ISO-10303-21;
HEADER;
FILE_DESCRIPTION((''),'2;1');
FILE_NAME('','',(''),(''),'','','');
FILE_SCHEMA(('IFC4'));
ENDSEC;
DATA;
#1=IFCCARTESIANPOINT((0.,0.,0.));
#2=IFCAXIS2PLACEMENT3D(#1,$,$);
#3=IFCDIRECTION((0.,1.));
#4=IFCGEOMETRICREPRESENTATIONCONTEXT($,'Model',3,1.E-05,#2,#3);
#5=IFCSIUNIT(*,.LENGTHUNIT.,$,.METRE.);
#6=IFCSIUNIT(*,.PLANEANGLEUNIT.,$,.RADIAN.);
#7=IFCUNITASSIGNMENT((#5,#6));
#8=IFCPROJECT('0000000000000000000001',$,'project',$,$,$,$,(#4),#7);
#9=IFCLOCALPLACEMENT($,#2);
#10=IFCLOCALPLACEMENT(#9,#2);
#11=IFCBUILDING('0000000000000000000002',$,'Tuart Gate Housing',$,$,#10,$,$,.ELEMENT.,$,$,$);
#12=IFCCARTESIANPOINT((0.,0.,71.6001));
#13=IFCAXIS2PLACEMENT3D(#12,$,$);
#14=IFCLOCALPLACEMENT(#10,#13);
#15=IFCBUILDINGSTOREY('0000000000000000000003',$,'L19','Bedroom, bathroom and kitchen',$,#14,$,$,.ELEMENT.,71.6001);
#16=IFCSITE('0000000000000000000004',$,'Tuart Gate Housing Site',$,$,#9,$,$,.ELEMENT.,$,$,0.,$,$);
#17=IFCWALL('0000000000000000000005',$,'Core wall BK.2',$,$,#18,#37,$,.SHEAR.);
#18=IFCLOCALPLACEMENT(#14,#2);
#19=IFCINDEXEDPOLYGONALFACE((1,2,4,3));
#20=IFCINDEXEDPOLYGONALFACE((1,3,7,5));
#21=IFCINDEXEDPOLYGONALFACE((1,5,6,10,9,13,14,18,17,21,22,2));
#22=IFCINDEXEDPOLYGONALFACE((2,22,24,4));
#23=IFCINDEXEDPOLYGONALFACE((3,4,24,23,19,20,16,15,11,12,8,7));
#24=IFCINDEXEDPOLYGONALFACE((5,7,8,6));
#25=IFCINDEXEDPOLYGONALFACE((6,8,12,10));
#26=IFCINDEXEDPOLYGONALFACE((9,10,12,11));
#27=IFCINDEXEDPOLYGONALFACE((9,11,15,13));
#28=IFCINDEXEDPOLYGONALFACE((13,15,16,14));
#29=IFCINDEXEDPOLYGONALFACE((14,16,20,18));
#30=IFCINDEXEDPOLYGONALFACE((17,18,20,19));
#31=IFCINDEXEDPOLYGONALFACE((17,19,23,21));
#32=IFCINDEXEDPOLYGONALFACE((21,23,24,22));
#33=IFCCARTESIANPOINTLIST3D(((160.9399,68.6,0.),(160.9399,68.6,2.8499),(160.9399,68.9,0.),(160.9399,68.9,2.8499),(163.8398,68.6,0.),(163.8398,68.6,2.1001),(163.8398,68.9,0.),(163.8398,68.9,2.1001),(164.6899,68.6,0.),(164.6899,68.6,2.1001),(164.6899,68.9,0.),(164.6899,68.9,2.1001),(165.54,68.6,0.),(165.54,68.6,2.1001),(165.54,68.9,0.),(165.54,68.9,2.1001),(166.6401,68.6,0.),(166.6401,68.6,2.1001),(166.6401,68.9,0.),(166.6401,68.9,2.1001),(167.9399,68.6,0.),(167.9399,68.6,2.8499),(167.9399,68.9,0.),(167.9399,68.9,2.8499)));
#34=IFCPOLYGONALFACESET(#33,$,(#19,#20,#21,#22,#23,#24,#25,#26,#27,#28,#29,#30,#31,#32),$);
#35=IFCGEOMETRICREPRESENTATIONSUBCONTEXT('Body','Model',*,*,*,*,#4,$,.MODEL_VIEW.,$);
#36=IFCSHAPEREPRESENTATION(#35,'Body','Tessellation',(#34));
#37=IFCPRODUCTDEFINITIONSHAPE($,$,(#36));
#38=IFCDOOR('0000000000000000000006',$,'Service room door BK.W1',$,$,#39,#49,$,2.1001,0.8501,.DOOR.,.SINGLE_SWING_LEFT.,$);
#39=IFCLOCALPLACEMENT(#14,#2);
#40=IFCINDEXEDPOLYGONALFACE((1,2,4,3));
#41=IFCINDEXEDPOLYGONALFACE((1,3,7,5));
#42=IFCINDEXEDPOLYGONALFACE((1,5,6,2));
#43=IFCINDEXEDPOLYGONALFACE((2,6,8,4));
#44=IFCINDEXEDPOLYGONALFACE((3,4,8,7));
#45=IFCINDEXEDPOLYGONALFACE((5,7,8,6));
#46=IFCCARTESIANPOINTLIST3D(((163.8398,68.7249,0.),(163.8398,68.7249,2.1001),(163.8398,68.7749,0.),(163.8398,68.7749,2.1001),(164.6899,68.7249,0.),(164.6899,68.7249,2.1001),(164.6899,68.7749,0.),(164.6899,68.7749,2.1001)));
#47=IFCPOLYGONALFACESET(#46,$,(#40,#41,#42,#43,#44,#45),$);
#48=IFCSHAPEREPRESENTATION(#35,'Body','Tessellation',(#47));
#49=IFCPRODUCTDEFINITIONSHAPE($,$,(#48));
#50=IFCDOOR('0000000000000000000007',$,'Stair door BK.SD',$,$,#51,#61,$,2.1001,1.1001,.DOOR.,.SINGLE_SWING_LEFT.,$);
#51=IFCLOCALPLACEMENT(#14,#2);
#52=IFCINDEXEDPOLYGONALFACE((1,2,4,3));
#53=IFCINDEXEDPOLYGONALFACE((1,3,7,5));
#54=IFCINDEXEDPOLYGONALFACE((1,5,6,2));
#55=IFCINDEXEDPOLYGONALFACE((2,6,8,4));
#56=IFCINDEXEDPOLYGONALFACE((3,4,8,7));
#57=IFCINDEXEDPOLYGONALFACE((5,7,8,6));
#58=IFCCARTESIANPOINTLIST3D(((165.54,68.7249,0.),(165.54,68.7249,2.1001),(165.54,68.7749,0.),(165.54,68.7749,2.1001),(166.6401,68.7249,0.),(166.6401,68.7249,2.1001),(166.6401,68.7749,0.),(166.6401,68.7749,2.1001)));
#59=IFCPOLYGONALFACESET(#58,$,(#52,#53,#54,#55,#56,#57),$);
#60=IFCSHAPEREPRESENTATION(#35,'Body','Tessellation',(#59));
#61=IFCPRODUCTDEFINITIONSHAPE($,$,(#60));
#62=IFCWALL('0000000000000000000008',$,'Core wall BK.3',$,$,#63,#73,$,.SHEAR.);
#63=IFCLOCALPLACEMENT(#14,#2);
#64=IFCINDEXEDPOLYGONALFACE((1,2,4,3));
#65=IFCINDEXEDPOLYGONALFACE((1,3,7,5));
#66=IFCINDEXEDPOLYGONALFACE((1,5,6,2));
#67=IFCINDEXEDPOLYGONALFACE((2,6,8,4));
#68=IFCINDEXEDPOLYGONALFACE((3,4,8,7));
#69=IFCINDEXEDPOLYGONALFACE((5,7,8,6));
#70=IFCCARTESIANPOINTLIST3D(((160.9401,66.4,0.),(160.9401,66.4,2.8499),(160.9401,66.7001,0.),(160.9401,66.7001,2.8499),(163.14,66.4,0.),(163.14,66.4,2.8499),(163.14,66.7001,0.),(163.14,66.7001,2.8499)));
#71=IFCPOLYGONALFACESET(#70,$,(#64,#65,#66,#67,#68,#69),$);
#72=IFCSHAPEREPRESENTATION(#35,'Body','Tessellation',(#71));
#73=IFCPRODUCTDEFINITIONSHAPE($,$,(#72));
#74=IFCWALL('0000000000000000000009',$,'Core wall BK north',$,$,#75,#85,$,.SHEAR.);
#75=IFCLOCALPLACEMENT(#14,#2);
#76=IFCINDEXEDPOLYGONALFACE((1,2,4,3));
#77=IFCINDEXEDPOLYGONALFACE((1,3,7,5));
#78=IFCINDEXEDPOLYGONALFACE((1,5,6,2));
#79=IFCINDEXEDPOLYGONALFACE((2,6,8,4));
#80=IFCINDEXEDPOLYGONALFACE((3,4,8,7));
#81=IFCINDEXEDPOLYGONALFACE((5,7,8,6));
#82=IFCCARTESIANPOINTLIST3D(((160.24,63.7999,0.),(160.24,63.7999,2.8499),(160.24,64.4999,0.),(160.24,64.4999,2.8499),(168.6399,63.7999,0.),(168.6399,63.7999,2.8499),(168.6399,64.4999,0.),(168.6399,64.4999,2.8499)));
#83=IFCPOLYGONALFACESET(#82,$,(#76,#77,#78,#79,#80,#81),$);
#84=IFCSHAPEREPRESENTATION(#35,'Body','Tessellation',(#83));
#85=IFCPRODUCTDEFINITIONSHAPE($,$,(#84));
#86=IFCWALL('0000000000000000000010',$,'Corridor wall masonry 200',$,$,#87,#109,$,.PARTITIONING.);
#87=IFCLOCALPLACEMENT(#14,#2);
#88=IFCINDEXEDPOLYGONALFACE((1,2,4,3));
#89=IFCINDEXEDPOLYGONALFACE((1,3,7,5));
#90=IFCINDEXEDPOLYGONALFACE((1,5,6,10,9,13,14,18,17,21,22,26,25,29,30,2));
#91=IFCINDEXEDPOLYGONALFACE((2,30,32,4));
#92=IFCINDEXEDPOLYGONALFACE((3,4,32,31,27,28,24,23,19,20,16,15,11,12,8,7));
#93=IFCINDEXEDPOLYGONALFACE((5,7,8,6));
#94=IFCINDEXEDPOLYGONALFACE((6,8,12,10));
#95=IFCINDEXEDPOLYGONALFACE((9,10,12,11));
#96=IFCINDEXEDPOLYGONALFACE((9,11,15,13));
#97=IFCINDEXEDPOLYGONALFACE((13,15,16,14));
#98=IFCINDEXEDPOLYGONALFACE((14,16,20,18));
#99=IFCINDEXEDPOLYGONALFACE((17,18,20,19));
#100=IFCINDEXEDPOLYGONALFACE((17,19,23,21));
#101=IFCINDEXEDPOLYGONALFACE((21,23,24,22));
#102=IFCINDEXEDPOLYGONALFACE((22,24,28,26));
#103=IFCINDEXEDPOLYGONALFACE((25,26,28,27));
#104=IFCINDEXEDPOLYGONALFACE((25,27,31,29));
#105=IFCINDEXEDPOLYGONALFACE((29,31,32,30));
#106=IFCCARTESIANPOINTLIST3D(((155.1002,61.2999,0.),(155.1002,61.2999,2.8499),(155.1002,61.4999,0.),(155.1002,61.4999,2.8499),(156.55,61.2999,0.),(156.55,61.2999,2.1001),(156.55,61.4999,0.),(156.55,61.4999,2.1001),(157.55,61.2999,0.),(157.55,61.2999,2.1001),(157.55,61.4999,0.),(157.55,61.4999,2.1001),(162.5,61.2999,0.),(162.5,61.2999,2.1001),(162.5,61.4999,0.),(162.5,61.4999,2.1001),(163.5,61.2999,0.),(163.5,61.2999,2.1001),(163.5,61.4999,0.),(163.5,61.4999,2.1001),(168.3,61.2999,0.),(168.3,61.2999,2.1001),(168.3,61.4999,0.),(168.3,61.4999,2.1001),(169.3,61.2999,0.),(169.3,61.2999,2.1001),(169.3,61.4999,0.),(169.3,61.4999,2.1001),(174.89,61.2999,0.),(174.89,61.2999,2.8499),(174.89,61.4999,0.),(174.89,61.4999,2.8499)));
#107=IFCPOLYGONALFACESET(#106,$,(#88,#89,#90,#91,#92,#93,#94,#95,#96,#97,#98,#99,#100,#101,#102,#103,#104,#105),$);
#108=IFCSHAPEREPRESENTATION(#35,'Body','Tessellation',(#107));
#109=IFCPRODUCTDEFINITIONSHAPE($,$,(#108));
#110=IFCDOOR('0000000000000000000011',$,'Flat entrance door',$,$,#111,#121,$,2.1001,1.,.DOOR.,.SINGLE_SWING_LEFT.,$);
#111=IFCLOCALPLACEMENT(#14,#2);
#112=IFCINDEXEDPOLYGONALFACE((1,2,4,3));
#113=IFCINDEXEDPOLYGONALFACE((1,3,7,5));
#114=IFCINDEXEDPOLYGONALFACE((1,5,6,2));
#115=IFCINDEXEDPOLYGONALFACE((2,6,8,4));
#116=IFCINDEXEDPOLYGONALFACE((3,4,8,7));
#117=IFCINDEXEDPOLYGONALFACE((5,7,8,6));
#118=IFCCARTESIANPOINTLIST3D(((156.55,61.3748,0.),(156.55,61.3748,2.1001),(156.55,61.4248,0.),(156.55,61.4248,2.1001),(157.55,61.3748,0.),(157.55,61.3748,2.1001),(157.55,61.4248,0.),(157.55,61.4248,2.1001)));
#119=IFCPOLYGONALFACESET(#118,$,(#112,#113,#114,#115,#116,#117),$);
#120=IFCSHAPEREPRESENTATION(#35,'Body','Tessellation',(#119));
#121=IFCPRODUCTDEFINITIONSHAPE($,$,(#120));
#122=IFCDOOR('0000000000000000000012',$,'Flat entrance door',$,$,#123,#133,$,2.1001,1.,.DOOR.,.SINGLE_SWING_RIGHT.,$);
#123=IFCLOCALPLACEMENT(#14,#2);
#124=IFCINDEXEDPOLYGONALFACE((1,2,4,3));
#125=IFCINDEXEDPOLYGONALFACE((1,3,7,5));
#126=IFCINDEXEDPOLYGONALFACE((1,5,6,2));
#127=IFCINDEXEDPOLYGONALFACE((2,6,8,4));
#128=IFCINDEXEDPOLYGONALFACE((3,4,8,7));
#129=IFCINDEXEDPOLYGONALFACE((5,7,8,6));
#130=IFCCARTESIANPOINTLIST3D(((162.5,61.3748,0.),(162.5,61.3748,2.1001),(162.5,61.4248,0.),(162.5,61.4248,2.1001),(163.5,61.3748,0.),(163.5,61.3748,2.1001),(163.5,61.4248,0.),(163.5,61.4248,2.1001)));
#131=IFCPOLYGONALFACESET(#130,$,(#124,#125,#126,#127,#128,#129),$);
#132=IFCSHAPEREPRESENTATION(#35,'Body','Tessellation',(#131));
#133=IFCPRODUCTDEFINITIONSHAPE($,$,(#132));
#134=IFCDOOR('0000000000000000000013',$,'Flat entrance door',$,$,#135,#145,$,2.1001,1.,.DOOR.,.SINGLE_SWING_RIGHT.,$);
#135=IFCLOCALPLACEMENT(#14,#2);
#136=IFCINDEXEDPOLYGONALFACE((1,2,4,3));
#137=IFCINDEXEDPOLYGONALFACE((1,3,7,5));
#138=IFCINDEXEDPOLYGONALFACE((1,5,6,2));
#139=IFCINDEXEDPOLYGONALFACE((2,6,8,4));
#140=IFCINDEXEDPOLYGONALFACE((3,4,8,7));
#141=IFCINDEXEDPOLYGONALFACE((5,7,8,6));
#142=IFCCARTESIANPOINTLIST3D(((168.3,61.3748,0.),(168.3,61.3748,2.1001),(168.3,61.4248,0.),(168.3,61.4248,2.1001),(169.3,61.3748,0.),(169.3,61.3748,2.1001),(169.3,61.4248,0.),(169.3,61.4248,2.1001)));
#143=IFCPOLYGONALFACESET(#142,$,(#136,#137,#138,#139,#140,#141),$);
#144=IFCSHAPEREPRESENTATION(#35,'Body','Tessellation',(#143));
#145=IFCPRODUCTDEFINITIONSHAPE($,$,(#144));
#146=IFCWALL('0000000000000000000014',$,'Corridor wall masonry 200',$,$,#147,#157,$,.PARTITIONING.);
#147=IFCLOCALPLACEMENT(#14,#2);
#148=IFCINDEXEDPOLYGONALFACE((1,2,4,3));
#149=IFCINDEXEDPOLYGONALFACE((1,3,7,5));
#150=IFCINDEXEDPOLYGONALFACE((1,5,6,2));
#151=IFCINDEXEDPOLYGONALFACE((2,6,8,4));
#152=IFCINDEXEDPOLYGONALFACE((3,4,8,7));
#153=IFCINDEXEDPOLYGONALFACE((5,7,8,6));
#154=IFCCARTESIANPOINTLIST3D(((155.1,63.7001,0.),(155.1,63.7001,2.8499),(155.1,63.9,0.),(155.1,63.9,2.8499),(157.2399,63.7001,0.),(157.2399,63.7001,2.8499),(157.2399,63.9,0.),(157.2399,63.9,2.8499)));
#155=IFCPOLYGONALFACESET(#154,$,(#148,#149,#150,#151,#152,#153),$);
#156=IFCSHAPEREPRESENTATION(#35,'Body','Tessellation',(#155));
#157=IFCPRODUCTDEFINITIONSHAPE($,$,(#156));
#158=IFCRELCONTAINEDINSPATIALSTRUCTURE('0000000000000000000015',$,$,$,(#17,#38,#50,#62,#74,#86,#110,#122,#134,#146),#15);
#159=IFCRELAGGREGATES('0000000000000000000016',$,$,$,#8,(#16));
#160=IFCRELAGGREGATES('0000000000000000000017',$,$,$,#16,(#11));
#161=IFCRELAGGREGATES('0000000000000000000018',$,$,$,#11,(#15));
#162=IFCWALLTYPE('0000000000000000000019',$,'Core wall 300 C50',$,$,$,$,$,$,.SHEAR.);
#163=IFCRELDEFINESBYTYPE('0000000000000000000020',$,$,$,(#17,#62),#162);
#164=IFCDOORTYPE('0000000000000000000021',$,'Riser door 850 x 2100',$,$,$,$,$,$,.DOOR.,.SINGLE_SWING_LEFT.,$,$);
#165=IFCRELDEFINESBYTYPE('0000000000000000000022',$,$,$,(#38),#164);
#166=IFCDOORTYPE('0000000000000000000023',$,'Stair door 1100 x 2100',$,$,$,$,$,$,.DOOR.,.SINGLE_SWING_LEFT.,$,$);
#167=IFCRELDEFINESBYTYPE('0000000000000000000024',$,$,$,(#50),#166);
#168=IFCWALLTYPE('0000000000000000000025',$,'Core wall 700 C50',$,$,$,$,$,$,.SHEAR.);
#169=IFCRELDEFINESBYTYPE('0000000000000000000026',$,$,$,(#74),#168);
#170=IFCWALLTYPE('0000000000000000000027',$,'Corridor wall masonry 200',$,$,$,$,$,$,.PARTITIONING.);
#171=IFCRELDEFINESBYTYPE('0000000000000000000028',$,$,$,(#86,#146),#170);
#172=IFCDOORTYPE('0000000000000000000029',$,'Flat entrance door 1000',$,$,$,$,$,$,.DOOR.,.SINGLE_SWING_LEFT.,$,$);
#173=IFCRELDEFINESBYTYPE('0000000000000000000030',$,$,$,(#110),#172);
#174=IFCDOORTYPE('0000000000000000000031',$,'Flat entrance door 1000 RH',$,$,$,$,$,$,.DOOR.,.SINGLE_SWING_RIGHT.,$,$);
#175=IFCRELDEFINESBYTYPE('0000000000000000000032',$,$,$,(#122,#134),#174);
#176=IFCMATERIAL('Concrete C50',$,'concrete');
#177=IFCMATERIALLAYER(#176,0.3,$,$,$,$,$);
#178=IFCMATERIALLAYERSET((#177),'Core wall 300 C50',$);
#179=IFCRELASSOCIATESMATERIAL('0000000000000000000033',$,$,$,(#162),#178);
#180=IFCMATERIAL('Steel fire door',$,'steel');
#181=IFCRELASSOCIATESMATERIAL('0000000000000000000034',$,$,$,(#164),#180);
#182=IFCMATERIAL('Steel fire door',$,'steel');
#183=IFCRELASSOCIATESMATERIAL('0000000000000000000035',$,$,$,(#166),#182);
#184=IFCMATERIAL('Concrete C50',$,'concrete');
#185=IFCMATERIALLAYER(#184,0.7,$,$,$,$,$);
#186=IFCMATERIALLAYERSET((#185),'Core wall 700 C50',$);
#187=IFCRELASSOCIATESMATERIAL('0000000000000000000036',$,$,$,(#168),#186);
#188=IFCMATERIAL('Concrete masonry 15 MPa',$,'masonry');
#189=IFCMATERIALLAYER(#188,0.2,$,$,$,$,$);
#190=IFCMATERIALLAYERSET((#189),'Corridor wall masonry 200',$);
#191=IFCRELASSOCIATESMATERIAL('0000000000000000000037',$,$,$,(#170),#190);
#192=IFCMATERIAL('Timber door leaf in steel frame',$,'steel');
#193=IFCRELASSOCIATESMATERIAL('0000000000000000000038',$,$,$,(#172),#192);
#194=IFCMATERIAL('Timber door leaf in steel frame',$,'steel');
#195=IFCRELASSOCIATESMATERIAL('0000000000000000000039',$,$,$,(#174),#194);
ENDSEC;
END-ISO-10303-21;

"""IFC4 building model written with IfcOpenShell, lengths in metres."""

from ifc_helpers import new_model, si_unit, direction, frame, frame_2d, origin, place, context, subcontext, project, spatial, rectangle, extrude, material, layer, layer_set, type_object, element, fill, save


model = new_model("IFC4")

# Units and contexts
model_context = context("Model", 3, precision=1e-05, world=origin(), true_north=direction((0.0, 1.0)))
body_context = subcontext(model_context, "Body", "Model", "MODEL_VIEW")
ifc_project = project(units=[si_unit("LENGTHUNIT", "METRE"), si_unit("PLANEANGLEUNIT", "RADIAN")], contexts=[model_context])

# Site, building, storey
site_placement = place(None, origin())
site = spatial("IfcSite", under=ifc_project, at=site_placement, Name="Tuart Gate Housing Site", CompositionType="ELEMENT", RefElevation=0.0)
building_placement = place(site_placement, origin())
building = spatial("IfcBuilding", under=site, at=building_placement, Name="Tuart Gate Housing", CompositionType="ELEMENT")
storey_placement = place(building_placement, frame((0.0, 0.0, 71.6001)))
storey = spatial("IfcBuildingStorey", under=building, at=storey_placement, Name="L19", Description="Bedroom, bathroom and kitchen", CompositionType="ELEMENT", Elevation=71.6001)

# Wall, openings, doors
ifc_material_1 = material(Name="Concrete C50", Category="concrete")
ifc_layer_1 = layer(ifc_material_1, 0.3)
ifc_layer_set_1 = layer_set([ifc_layer_1], Name="Core wall 300 C50")
wall_type_1 = type_object("IfcWallType", Name="Core wall 300 C50", PredefinedType="SHEAR", material=ifc_layer_set_1)
wall_1_placement = place(storey_placement, frame((160.9399, 68.75, 0.0), z_axis=(0.0, 0.0, 1.0), x_axis=(1.0, 0.0, 0.0)))
wall_1 = element("IfcWall", 1, at=wall_1_placement, inside=storey, type_object=wall_type_1, Name="Core wall BK.2", PredefinedType="SHEAR", context=body_context, shape_type="SweptSolid", body=[
    extrude(rectangle(XDim=7.0, YDim=0.3, at=frame_2d((3.5, 0.0))), origin(), (0.0, 0.0, 1.0), 2.8499),
])
opening_1_placement = place(wall_1_placement, frame((4.6001, 0.0, 0.0)))
opening_1 = element("IfcOpeningElement", 2, at=opening_1_placement, cuts=wall_1, PredefinedType="OPENING", context=body_context, shape_type="SweptSolid", body=[
    extrude(rectangle(XDim=1.1001, YDim=2.1001, at=frame_2d((0.55, 1.05))), frame((0.0, 0.1599, 0.0), z_axis=(0.0, -1.0, 0.0), x_axis=(1.0, 0.0, 0.0)), (0.0, 0.0, 1.0), 0.3201),
])
opening_2_placement = place(wall_1_placement, frame((2.8999, 0.0, 0.0)))
opening_2 = element("IfcOpeningElement", 3, at=opening_2_placement, cuts=wall_1, PredefinedType="OPENING", context=body_context, shape_type="SweptSolid", body=[
    extrude(rectangle(XDim=0.8501, YDim=2.1001, at=frame_2d((0.425, 1.05))), frame((0.0, 0.1599, 0.0), z_axis=(0.0, -1.0, 0.0), x_axis=(1.0, 0.0, 0.0)), (0.0, 0.0, 1.0), 0.3201),
])
ifc_material_2 = material(Name="Steel fire door", Category="steel")
door_type_1 = type_object("IfcDoorType", Name="Riser door 850 x 2100", OperationType="SINGLE_SWING_LEFT", PredefinedType="DOOR", material=ifc_material_2)
door_1_placement = place(opening_2_placement, origin())
door_1 = element("IfcDoor", 4, at=door_1_placement, inside=storey, type_object=door_type_1, Name="Service room door BK.W1", OperationType="SINGLE_SWING_LEFT", OverallHeight=2.1001, OverallWidth=0.8501, PredefinedType="DOOR", context=body_context, shape_type="SweptSolid", body=[
    extrude(rectangle(XDim=0.8501, YDim=2.1001, at=frame_2d((0.425, 1.05))), frame((0.0, 0.0249, 0.0), z_axis=(0.0, -1.0, 0.0), x_axis=(1.0, 0.0, 0.0)), (0.0, 0.0, 1.0), 0.05),
])
fill(opening_2, door_1)
ifc_material_3 = material(Name="Steel fire door", Category="steel")
door_type_2 = type_object("IfcDoorType", Name="Stair door 1100 x 2100", OperationType="SINGLE_SWING_LEFT", PredefinedType="DOOR", material=ifc_material_3)
door_2_placement = place(opening_1_placement, origin())
door_2 = element("IfcDoor", 5, at=door_2_placement, inside=storey, type_object=door_type_2, Name="Stair door BK.SD", OperationType="SINGLE_SWING_LEFT", OverallHeight=2.1001, OverallWidth=1.1001, PredefinedType="DOOR", context=body_context, shape_type="SweptSolid", body=[
    extrude(rectangle(XDim=1.1001, YDim=2.1001, at=frame_2d((0.55, 1.05))), frame((0.0, 0.0249, 0.0), z_axis=(0.0, -1.0, 0.0), x_axis=(1.0, 0.0, 0.0)), (0.0, 0.0, 1.0), 0.05),
])
fill(opening_1, door_2)

# Walls
wall_2_placement = place(storey_placement, frame((160.9399, 66.55, 0.0), z_axis=(0.0, 0.0, 1.0), x_axis=(1.0, 0.0, 0.0)))
element("IfcWall", 6, at=wall_2_placement, inside=storey, type_object=wall_type_1, Name="Core wall BK.3", PredefinedType="SHEAR", context=body_context, shape_type="SweptSolid", body=[
    extrude(rectangle(XDim=2.2, YDim=0.3, at=frame_2d((1.1001, 0.0))), origin(), (0.0, 0.0, 1.0), 2.8499),
])
ifc_material_4 = material(Name="Concrete C50", Category="concrete")
ifc_layer_2 = layer(ifc_material_4, 0.7)
ifc_layer_set_2 = layer_set([ifc_layer_2], Name="Core wall 700 C50")
wall_type_2 = type_object("IfcWallType", Name="Core wall 700 C50", PredefinedType="SHEAR", material=ifc_layer_set_2)
wall_3_placement = place(storey_placement, frame((160.24, 64.1499, 0.0), z_axis=(0.0, 0.0, 1.0), x_axis=(1.0, 0.0, 0.0)))
element("IfcWall", 7, at=wall_3_placement, inside=storey, type_object=wall_type_2, Name="Core wall BK north", PredefinedType="SHEAR", context=body_context, shape_type="SweptSolid", body=[
    extrude(rectangle(XDim=8.3999, YDim=0.7, at=frame_2d((4.2, 0.0))), origin(), (0.0, 0.0, 1.0), 2.8499),
])

# Wall, openings, doors
ifc_material_5 = material(Name="Concrete masonry 15 MPa", Category="masonry")
ifc_layer_3 = layer(ifc_material_5, 0.2)
ifc_layer_set_3 = layer_set([ifc_layer_3], Name="Corridor wall masonry 200")
wall_type_3 = type_object("IfcWallType", Name="Corridor wall masonry 200", PredefinedType="PARTITIONING", material=ifc_layer_set_3)
wall_4_placement = place(storey_placement, frame((155.1001, 61.3999, 0.0), z_axis=(0.0, 0.0, 1.0), x_axis=(1.0, 0.0, 0.0)))
wall_4 = element("IfcWall", 8, at=wall_4_placement, inside=storey, type_object=wall_type_3, Name="Corridor wall masonry 200", PredefinedType="PARTITIONING", context=body_context, shape_type="SweptSolid", body=[
    extrude(rectangle(XDim=19.7898, YDim=0.2, at=frame_2d((9.895, 0.0))), origin(), (0.0, 0.0, 1.0), 2.8499),
])
opening_3_placement = place(wall_4_placement, frame((1.45, 0.0, 0.0)))
opening_3 = element("IfcOpeningElement", 9, at=opening_3_placement, cuts=wall_4, PredefinedType="OPENING", context=body_context, shape_type="SweptSolid", body=[
    extrude(rectangle(XDim=1.0, YDim=2.1001, at=frame_2d((0.5, 1.05))), frame((0.0, 0.1099, 0.0), z_axis=(0.0, -1.0, 0.0), x_axis=(1.0, 0.0, 0.0)), (0.0, 0.0, 1.0), 0.22),
])
opening_4_placement = place(wall_4_placement, frame((7.3999, 0.0, 0.0)))
opening_4 = element("IfcOpeningElement", 10, at=opening_4_placement, cuts=wall_4, PredefinedType="OPENING", context=body_context, shape_type="SweptSolid", body=[
    extrude(rectangle(XDim=1.0, YDim=2.1001, at=frame_2d((0.5, 1.05))), frame((0.0, 0.1099, 0.0), z_axis=(0.0, -1.0, 0.0), x_axis=(1.0, 0.0, 0.0)), (0.0, 0.0, 1.0), 0.22),
])
opening_5_placement = place(wall_4_placement, frame((13.2, 0.0, 0.0)))
opening_5 = element("IfcOpeningElement", 11, at=opening_5_placement, cuts=wall_4, PredefinedType="OPENING", context=body_context, shape_type="SweptSolid", body=[
    extrude(rectangle(XDim=1.0, YDim=2.1001, at=frame_2d((0.5, 1.05))), frame((0.0, 0.1099, 0.0), z_axis=(0.0, -1.0, 0.0), x_axis=(1.0, 0.0, 0.0)), (0.0, 0.0, 1.0), 0.22),
])
ifc_material_6 = material(Name="Timber door leaf in steel frame", Category="steel")
door_type_3 = type_object("IfcDoorType", Name="Flat entrance door 1000", OperationType="SINGLE_SWING_LEFT", PredefinedType="DOOR", material=ifc_material_6)
door_3_placement = place(opening_3_placement, frame((1.0, 0.0, 0.0), z_axis=(0.0, 0.0, 1.0), x_axis=(-1.0, 0.0, 0.0)))
door_3 = element("IfcDoor", 12, at=door_3_placement, inside=storey, type_object=door_type_3, Name="Flat entrance door", OperationType="SINGLE_SWING_LEFT", OverallHeight=2.1001, OverallWidth=1.0, PredefinedType="DOOR", context=body_context, shape_type="SweptSolid", body=[
    extrude(rectangle(XDim=1.0, YDim=2.1001, at=frame_2d((0.5, 1.05))), frame((0.0, 0.0251, 0.0), z_axis=(0.0, -1.0, 0.0), x_axis=(1.0, 0.0, 0.0)), (0.0, 0.0, 1.0), 0.05),
])
fill(opening_3, door_3)
ifc_material_7 = material(Name="Timber door leaf in steel frame", Category="steel")
door_type_4 = type_object("IfcDoorType", Name="Flat entrance door 1000 RH", OperationType="SINGLE_SWING_RIGHT", PredefinedType="DOOR", material=ifc_material_7)
door_4_placement = place(opening_4_placement, frame((1.0, 0.0, 0.0), z_axis=(0.0, 0.0, 1.0), x_axis=(-1.0, 0.0, 0.0)))
door_4 = element("IfcDoor", 13, at=door_4_placement, inside=storey, type_object=door_type_4, Name="Flat entrance door", OperationType="SINGLE_SWING_RIGHT", OverallHeight=2.1001, OverallWidth=1.0, PredefinedType="DOOR", context=body_context, shape_type="SweptSolid", body=[
    extrude(rectangle(XDim=1.0, YDim=2.1001, at=frame_2d((0.5, 1.05))), frame((0.0, 0.0251, 0.0), z_axis=(0.0, -1.0, 0.0), x_axis=(1.0, 0.0, 0.0)), (0.0, 0.0, 1.0), 0.05),
])
fill(opening_4, door_4)
door_5_placement = place(opening_5_placement, frame((1.0, 0.0, 0.0), z_axis=(0.0, 0.0, 1.0), x_axis=(-1.0, 0.0, 0.0)))
door_5 = element("IfcDoor", 14, at=door_5_placement, inside=storey, type_object=door_type_4, Name="Flat entrance door", OperationType="SINGLE_SWING_RIGHT", OverallHeight=2.1001, OverallWidth=1.0, PredefinedType="DOOR", context=body_context, shape_type="SweptSolid", body=[
    extrude(rectangle(XDim=1.0, YDim=2.1001, at=frame_2d((0.5, 1.05))), frame((0.0, 0.0251, 0.0), z_axis=(0.0, -1.0, 0.0), x_axis=(1.0, 0.0, 0.0)), (0.0, 0.0, 1.0), 0.05),
])
fill(opening_5, door_5)

# Wall
wall_5_placement = place(storey_placement, frame((155.1001, 63.8, 0.0), z_axis=(0.0, 0.0, 1.0), x_axis=(1.0, 0.0, 0.0)))
element("IfcWall", 15, at=wall_5_placement, inside=storey, type_object=wall_type_3, Name="Corridor wall masonry 200", PredefinedType="PARTITIONING", context=body_context, shape_type="SweptSolid", body=[
    extrude(rectangle(XDim=2.1399, YDim=0.2, at=frame_2d((1.0698, 0.0))), origin(), (0.0, 0.0, 1.0), 2.8499),
])

save(model, "model.ifc")
